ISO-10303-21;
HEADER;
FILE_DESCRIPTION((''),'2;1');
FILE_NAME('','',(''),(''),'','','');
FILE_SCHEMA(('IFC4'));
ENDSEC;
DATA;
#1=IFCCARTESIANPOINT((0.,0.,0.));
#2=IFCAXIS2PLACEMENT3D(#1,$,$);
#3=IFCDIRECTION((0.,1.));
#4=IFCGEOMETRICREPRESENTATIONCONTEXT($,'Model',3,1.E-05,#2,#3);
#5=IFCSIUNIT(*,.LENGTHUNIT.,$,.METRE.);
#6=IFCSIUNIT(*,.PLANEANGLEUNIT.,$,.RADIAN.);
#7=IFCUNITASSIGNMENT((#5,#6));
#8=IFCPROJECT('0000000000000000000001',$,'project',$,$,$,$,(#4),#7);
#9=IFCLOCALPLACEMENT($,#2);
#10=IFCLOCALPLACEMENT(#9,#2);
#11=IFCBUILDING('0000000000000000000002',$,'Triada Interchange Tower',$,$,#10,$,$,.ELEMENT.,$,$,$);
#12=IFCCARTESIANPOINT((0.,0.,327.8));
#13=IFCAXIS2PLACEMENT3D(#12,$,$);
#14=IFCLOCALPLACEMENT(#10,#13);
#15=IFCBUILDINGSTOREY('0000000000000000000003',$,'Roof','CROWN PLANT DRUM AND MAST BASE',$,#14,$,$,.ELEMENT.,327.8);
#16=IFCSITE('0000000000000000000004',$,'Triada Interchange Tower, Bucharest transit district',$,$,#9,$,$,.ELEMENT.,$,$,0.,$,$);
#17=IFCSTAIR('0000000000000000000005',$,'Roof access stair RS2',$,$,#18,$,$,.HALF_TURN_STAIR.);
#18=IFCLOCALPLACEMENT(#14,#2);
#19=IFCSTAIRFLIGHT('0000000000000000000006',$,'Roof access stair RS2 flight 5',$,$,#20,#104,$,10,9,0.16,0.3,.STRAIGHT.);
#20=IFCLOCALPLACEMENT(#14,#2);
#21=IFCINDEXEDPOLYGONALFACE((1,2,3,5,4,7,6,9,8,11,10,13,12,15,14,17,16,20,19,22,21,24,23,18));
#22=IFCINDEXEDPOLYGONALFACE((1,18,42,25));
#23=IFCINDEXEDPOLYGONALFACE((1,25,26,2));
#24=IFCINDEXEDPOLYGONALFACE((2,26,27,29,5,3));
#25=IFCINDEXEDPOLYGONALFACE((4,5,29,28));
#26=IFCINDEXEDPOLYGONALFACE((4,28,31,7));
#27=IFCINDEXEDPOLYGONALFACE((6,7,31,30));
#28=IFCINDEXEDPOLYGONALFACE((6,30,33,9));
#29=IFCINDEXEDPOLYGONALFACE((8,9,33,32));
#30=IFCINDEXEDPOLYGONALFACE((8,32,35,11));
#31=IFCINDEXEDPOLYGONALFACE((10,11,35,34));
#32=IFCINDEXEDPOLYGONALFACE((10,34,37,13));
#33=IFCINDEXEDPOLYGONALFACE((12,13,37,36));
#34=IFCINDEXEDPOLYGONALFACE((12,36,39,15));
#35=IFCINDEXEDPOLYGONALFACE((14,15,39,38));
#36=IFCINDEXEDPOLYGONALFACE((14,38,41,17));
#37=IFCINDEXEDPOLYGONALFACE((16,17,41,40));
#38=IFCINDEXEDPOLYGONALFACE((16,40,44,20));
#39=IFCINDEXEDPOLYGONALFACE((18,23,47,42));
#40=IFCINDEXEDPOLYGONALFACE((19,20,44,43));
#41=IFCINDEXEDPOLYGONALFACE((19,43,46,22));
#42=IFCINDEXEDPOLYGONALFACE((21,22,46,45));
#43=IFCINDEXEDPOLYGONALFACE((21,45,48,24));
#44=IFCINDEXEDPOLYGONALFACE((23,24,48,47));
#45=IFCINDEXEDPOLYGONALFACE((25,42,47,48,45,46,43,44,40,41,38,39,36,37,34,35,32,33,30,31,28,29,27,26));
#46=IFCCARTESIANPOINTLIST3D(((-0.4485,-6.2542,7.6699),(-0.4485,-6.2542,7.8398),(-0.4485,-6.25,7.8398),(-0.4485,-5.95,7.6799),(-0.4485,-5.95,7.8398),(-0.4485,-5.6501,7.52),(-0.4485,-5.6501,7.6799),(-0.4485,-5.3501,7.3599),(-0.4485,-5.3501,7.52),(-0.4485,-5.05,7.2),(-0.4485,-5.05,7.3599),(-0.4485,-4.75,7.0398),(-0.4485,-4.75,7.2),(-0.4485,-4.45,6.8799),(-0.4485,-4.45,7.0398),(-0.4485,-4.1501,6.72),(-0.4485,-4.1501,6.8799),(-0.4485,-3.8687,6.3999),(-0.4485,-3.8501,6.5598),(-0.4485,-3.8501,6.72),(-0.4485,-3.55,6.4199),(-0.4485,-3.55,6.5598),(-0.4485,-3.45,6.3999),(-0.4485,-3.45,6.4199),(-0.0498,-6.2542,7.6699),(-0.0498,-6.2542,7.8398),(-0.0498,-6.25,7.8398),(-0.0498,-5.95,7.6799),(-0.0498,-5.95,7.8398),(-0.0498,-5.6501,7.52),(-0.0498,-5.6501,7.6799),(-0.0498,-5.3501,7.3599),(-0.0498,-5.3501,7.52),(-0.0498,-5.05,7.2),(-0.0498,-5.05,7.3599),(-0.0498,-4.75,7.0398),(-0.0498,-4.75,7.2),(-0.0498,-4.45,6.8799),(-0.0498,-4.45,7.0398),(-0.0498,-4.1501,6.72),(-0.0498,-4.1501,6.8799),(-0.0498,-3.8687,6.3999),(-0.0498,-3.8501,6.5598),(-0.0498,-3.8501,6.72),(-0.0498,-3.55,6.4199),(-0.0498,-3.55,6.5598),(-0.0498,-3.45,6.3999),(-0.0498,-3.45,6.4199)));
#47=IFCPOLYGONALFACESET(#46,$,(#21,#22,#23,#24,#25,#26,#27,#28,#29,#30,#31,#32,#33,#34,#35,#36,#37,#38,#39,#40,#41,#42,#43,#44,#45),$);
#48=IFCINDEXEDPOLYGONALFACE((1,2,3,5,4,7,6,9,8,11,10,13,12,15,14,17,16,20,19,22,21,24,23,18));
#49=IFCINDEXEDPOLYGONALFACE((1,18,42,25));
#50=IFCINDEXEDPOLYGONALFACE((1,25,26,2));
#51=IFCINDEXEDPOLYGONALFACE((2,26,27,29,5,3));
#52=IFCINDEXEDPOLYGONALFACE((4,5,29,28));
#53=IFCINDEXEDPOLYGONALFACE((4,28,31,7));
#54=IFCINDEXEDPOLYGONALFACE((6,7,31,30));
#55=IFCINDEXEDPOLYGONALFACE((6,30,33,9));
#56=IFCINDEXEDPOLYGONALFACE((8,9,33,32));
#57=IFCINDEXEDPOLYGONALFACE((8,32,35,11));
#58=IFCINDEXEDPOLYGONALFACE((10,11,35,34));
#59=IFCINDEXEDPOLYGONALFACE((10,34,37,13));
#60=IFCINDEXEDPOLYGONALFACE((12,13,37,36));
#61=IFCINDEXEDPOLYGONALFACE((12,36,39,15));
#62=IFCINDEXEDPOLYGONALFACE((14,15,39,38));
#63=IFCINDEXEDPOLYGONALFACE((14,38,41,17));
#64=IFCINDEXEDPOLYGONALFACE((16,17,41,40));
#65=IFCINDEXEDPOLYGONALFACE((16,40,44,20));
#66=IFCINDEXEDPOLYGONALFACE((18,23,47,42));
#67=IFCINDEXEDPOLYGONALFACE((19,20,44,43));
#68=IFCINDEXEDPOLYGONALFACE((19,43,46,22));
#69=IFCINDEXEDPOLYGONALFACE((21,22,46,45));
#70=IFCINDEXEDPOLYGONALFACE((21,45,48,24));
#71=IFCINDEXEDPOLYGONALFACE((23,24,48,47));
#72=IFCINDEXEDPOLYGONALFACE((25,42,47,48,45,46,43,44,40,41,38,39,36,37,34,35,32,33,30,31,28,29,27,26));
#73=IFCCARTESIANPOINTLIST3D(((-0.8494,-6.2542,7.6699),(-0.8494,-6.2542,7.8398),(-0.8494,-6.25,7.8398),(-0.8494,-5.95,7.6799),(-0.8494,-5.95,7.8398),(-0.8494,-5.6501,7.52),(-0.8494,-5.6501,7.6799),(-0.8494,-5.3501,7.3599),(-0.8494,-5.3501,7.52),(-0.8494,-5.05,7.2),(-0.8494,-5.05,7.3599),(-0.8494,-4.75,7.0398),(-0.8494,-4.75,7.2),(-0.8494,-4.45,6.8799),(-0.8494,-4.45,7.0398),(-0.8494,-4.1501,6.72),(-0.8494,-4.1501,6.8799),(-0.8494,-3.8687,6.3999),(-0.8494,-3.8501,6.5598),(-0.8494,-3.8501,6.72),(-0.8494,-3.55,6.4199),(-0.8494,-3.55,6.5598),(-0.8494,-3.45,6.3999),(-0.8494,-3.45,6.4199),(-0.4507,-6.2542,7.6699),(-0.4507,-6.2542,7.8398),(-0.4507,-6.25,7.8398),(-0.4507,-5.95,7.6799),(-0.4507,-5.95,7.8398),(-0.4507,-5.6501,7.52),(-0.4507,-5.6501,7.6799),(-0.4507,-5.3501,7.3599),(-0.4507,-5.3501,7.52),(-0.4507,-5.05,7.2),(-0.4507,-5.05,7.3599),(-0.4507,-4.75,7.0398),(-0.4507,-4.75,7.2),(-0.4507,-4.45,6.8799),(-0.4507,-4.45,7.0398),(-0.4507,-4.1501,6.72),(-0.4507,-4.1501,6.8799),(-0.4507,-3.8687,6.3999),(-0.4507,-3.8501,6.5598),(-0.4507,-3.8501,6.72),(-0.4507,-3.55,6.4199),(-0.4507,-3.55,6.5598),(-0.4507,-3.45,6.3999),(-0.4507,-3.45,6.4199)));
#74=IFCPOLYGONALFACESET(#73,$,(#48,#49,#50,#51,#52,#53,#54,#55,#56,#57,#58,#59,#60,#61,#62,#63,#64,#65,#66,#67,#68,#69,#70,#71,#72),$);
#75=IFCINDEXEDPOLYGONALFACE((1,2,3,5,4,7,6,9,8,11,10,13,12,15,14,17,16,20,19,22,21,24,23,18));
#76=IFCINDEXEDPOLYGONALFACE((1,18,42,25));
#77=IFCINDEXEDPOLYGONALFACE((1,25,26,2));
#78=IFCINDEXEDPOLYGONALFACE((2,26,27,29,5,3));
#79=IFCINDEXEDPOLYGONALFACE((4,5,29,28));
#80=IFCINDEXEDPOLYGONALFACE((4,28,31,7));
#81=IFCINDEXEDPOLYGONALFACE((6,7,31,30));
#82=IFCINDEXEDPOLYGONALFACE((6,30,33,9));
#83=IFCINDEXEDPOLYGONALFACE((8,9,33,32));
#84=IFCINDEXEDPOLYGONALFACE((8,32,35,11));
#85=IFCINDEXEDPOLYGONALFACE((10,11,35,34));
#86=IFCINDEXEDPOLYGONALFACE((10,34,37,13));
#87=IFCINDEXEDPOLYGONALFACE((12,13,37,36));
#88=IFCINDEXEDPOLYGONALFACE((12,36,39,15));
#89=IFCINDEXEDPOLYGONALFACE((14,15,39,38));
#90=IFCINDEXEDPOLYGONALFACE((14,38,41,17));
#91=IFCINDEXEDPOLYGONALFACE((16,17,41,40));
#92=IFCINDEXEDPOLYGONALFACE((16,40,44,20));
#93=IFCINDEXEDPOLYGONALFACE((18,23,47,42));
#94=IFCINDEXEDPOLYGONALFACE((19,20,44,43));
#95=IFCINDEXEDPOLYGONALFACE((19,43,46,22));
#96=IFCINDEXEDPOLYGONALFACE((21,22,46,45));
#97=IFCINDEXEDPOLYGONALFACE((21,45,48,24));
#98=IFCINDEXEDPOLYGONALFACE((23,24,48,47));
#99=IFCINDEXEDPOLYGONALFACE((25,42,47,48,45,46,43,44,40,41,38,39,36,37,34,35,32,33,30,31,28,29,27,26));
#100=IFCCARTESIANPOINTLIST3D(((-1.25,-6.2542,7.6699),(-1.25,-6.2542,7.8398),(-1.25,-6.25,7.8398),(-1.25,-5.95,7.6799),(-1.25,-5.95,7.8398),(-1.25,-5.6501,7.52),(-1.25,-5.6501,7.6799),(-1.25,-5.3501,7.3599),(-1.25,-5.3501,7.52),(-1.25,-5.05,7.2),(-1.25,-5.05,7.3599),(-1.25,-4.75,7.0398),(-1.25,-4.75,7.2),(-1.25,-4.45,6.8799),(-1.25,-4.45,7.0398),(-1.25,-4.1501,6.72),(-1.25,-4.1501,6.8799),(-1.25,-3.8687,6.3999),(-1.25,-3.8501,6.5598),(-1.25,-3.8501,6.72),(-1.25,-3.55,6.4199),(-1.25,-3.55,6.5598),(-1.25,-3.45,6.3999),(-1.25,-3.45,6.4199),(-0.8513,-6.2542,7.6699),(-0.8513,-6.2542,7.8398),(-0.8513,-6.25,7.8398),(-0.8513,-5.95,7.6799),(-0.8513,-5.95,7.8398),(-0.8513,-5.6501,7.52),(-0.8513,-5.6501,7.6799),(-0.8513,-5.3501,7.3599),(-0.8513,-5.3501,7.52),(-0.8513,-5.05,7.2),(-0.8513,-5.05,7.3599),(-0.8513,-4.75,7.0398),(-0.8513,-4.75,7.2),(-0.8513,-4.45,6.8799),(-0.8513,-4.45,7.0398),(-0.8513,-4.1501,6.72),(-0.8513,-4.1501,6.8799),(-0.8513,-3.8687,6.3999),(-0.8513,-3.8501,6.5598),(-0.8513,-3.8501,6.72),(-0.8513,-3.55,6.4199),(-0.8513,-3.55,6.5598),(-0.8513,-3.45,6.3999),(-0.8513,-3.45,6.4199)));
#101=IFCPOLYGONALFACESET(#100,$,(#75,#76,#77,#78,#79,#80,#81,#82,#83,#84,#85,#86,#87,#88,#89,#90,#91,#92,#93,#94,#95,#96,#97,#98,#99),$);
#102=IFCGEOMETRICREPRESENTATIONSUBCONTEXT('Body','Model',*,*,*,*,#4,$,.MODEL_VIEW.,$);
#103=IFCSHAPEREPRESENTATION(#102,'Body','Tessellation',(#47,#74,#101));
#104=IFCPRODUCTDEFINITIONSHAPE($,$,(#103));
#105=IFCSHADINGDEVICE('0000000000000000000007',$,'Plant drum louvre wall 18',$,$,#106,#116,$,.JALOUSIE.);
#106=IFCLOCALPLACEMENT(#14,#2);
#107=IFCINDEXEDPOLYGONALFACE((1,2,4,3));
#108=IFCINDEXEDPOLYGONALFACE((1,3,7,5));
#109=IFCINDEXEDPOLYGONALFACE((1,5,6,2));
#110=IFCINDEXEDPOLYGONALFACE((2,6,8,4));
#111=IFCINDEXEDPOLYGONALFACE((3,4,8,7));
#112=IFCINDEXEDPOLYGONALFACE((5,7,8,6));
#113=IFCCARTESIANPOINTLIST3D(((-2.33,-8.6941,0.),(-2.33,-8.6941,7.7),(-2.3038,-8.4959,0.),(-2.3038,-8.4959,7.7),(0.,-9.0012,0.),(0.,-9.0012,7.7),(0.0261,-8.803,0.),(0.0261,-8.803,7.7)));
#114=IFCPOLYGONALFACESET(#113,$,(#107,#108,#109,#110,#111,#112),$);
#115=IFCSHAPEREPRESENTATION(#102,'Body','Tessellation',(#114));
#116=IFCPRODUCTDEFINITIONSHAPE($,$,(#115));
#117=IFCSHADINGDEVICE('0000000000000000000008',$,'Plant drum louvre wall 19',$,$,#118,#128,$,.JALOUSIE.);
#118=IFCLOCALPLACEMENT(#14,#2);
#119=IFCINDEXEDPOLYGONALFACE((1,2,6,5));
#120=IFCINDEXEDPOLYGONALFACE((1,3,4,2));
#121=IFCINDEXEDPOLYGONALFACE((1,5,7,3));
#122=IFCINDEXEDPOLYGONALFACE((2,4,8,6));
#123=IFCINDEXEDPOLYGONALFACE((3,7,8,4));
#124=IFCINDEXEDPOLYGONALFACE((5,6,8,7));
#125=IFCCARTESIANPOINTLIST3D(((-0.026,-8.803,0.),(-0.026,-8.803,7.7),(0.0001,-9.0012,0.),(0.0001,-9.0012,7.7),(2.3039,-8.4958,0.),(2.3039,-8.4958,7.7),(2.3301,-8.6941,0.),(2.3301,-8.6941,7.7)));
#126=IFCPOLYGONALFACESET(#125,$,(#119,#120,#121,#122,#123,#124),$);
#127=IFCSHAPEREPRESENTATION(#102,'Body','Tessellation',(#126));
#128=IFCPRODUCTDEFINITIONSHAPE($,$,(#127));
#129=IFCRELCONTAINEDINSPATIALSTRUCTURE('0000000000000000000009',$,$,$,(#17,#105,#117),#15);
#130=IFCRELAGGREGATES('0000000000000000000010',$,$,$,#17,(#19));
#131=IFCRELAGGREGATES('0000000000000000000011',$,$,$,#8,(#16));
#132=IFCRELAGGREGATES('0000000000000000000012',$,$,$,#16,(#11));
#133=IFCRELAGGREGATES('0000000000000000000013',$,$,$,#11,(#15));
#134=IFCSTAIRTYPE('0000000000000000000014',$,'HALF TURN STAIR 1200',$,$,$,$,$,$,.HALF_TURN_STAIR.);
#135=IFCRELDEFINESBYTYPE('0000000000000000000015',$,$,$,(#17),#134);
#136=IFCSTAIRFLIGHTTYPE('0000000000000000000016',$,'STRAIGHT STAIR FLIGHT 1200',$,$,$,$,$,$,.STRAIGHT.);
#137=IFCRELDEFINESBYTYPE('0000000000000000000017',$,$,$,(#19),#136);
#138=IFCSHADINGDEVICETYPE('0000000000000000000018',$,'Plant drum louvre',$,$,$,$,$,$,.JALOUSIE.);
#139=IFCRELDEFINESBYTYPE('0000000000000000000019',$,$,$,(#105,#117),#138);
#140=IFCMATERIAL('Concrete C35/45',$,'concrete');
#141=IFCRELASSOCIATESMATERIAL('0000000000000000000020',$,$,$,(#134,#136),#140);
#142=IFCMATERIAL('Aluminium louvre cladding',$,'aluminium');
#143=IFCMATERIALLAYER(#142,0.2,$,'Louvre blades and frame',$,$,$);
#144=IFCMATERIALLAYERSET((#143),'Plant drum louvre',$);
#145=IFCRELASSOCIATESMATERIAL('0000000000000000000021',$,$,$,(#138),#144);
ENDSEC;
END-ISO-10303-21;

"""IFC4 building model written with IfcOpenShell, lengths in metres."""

from ifc_helpers import new_model, si_unit, direction, frame, frame_2d, origin, place, context, subcontext, project, spatial, polyline, rectangle, outline, extrude, material, layer, layer_set, type_object, element, aggregate, save


model = new_model("IFC4")

# Units and contexts
model_context = context("Model", 3, precision=1e-05, world=origin(), true_north=direction((0.0, 1.0)))
body_context = subcontext(model_context, "Body", "Model", "MODEL_VIEW")
ifc_project = project(units=[si_unit("LENGTHUNIT", "METRE"), si_unit("PLANEANGLEUNIT", "RADIAN")], contexts=[model_context])

# Site, building, storey
site_placement = place(None, origin())
site = spatial("IfcSite", under=ifc_project, at=site_placement, Name="Triada Interchange Tower, Bucharest transit district", CompositionType="ELEMENT", RefElevation=0.0)
building_placement = place(site_placement, origin())
building = spatial("IfcBuilding", under=site, at=building_placement, Name="Triada Interchange Tower", CompositionType="ELEMENT")
storey_placement = place(building_placement, frame((0.0, 0.0, 327.8)))
storey = spatial("IfcBuildingStorey", under=building, at=storey_placement, Name="Roof", Description="CROWN PLANT DRUM AND MAST BASE", CompositionType="ELEMENT", Elevation=327.8)

# Stair, stair flight
ifc_material_1 = material(Name="Concrete C35/45", Category="concrete")
stair_type = type_object("IfcStairType", Name="HALF TURN STAIR 1200", PredefinedType="HALF_TURN_STAIR", material=ifc_material_1)
stair_placement = place(storey_placement, origin())
stair = element("IfcStair", 1, at=stair_placement, inside=storey, type_object=stair_type, Name="Roof access stair RS2", PredefinedType="HALF_TURN_STAIR")
stair_flight_type = type_object("IfcStairFlightType", Name="STRAIGHT STAIR FLIGHT 1200", PredefinedType="STRAIGHT", material=ifc_material_1)
stair_flight_1_placement = place(storey_placement, frame((-0.6499, -3.55, 6.3999), z_axis=(0.0, 0.0, 1.0), x_axis=(0.0, -1.0, 0.0)))
stair_flight_1 = element("IfcStairFlight", 2, at=stair_flight_1_placement, type_object=stair_flight_type, Name="Roof access stair RS2 flight 5", NumberOfRisers=10, NumberOfTreads=9, PredefinedType="STRAIGHT", RiserHeight=0.16, TreadLength=0.3, context=body_context, shape_type="SweptSolid", body=[
    extrude(outline(polyline([(-0.1001, 0.0), (-0.1001, 0.02), (0.0, 0.02), (0.0, 0.1599), (0.3, 0.1599), (0.3, 0.3201), (0.6001, 0.3201), (0.6001, 0.48), (0.8999, 0.48), (0.8999, 0.6399), (1.2, 0.6399), (1.2, 0.8), (1.5, 0.8), (1.5, 0.96), (1.8, 0.96), (1.8, 1.1201), (2.1001, 1.1201), (2.1001, 1.28), (2.3999, 1.28), (2.3999, 1.4399), (2.7, 1.4399), (2.7041, 1.4399), (2.7041, 1.6001), (2.7041, 1.27), (0.3186, 0.0), (-0.1001, 0.0)])), frame((0.0, 0.6001, 0.0), z_axis=(0.0, -1.0, 0.0), x_axis=(1.0, 0.0, 0.0)), (0.0, 0.0, 1.0), 0.3987),
    extrude(outline(polyline([(-0.1001, 0.0), (-0.1001, 0.02), (0.0, 0.02), (0.0, 0.1599), (0.3, 0.1599), (0.3, 0.3201), (0.6001, 0.3201), (0.6001, 0.48), (0.8999, 0.48), (0.8999, 0.6399), (1.2, 0.6399), (1.2, 0.8), (1.5, 0.8), (1.5, 0.96), (1.8, 0.96), (1.8, 1.1201), (2.1001, 1.1201), (2.1001, 1.28), (2.3999, 1.28), (2.3999, 1.4399), (2.7, 1.4399), (2.7041, 1.4399), (2.7041, 1.6001), (2.7041, 1.27), (0.3186, 0.0), (-0.1001, 0.0)])), frame((0.0, 0.1992, 0.0), z_axis=(0.0, -1.0, 0.0), x_axis=(1.0, 0.0, 0.0)), (0.0, 0.0, 1.0), 0.3987),
    extrude(outline(polyline([(-0.1001, 0.0), (-0.1001, 0.02), (0.0, 0.02), (0.0, 0.1599), (0.3, 0.1599), (0.3, 0.3201), (0.6001, 0.3201), (0.6001, 0.48), (0.8999, 0.48), (0.8999, 0.6399), (1.2, 0.6399), (1.2, 0.8), (1.5, 0.8), (1.5, 0.96), (1.8, 0.96), (1.8, 1.1201), (2.1001, 1.1201), (2.1001, 1.28), (2.3999, 1.28), (2.3999, 1.4399), (2.7, 1.4399), (2.7041, 1.4399), (2.7041, 1.6001), (2.7041, 1.27), (0.3186, 0.0), (-0.1001, 0.0)])), frame((0.0, -0.2014, 0.0), z_axis=(0.0, -1.0, 0.0), x_axis=(1.0, 0.0, 0.0)), (0.0, 0.0, 1.0), 0.3987),
])

# Shading devices
ifc_material_2 = material(Name="Aluminium louvre cladding", Category="aluminium")
ifc_layer_1 = layer(ifc_material_2, 0.2, Name="Louvre blades and frame")
ifc_layer_set_1 = layer_set([ifc_layer_1], Name="Plant drum louvre")
shading_device_type = type_object("IfcShadingDeviceType", Name="Plant drum louvre", PredefinedType="JALOUSIE", material=ifc_layer_set_1)
for number, where, z_axis, x_axis, name in (
    (3, (-2.3169, -8.595, 0.0), (0.0, 0.0, 1.0), (0.991423, -0.130694, 0.0), "Plant drum louvre wall 18"),
    (4, (-0.0129, -8.9021, 0.0), (0.0, 0.0, 1.0), (0.991423, 0.130694, 0.0), "Plant drum louvre wall 19"),
):
    element("IfcShadingDevice", number, at=place(storey_placement, frame(where, z_axis=z_axis, x_axis=x_axis)), inside=storey, type_object=shading_device_type, Name=name, PredefinedType="JALOUSIE", context=body_context, shape_type="SweptSolid", body=[
        extrude(rectangle(XDim=2.3501, YDim=0.2, at=frame_2d((1.175, 0.0))), origin(), (0.0, 0.0, 1.0), 7.7),
    ])

aggregate(stair, [stair_flight_1])

save(model, "model.ifc")
